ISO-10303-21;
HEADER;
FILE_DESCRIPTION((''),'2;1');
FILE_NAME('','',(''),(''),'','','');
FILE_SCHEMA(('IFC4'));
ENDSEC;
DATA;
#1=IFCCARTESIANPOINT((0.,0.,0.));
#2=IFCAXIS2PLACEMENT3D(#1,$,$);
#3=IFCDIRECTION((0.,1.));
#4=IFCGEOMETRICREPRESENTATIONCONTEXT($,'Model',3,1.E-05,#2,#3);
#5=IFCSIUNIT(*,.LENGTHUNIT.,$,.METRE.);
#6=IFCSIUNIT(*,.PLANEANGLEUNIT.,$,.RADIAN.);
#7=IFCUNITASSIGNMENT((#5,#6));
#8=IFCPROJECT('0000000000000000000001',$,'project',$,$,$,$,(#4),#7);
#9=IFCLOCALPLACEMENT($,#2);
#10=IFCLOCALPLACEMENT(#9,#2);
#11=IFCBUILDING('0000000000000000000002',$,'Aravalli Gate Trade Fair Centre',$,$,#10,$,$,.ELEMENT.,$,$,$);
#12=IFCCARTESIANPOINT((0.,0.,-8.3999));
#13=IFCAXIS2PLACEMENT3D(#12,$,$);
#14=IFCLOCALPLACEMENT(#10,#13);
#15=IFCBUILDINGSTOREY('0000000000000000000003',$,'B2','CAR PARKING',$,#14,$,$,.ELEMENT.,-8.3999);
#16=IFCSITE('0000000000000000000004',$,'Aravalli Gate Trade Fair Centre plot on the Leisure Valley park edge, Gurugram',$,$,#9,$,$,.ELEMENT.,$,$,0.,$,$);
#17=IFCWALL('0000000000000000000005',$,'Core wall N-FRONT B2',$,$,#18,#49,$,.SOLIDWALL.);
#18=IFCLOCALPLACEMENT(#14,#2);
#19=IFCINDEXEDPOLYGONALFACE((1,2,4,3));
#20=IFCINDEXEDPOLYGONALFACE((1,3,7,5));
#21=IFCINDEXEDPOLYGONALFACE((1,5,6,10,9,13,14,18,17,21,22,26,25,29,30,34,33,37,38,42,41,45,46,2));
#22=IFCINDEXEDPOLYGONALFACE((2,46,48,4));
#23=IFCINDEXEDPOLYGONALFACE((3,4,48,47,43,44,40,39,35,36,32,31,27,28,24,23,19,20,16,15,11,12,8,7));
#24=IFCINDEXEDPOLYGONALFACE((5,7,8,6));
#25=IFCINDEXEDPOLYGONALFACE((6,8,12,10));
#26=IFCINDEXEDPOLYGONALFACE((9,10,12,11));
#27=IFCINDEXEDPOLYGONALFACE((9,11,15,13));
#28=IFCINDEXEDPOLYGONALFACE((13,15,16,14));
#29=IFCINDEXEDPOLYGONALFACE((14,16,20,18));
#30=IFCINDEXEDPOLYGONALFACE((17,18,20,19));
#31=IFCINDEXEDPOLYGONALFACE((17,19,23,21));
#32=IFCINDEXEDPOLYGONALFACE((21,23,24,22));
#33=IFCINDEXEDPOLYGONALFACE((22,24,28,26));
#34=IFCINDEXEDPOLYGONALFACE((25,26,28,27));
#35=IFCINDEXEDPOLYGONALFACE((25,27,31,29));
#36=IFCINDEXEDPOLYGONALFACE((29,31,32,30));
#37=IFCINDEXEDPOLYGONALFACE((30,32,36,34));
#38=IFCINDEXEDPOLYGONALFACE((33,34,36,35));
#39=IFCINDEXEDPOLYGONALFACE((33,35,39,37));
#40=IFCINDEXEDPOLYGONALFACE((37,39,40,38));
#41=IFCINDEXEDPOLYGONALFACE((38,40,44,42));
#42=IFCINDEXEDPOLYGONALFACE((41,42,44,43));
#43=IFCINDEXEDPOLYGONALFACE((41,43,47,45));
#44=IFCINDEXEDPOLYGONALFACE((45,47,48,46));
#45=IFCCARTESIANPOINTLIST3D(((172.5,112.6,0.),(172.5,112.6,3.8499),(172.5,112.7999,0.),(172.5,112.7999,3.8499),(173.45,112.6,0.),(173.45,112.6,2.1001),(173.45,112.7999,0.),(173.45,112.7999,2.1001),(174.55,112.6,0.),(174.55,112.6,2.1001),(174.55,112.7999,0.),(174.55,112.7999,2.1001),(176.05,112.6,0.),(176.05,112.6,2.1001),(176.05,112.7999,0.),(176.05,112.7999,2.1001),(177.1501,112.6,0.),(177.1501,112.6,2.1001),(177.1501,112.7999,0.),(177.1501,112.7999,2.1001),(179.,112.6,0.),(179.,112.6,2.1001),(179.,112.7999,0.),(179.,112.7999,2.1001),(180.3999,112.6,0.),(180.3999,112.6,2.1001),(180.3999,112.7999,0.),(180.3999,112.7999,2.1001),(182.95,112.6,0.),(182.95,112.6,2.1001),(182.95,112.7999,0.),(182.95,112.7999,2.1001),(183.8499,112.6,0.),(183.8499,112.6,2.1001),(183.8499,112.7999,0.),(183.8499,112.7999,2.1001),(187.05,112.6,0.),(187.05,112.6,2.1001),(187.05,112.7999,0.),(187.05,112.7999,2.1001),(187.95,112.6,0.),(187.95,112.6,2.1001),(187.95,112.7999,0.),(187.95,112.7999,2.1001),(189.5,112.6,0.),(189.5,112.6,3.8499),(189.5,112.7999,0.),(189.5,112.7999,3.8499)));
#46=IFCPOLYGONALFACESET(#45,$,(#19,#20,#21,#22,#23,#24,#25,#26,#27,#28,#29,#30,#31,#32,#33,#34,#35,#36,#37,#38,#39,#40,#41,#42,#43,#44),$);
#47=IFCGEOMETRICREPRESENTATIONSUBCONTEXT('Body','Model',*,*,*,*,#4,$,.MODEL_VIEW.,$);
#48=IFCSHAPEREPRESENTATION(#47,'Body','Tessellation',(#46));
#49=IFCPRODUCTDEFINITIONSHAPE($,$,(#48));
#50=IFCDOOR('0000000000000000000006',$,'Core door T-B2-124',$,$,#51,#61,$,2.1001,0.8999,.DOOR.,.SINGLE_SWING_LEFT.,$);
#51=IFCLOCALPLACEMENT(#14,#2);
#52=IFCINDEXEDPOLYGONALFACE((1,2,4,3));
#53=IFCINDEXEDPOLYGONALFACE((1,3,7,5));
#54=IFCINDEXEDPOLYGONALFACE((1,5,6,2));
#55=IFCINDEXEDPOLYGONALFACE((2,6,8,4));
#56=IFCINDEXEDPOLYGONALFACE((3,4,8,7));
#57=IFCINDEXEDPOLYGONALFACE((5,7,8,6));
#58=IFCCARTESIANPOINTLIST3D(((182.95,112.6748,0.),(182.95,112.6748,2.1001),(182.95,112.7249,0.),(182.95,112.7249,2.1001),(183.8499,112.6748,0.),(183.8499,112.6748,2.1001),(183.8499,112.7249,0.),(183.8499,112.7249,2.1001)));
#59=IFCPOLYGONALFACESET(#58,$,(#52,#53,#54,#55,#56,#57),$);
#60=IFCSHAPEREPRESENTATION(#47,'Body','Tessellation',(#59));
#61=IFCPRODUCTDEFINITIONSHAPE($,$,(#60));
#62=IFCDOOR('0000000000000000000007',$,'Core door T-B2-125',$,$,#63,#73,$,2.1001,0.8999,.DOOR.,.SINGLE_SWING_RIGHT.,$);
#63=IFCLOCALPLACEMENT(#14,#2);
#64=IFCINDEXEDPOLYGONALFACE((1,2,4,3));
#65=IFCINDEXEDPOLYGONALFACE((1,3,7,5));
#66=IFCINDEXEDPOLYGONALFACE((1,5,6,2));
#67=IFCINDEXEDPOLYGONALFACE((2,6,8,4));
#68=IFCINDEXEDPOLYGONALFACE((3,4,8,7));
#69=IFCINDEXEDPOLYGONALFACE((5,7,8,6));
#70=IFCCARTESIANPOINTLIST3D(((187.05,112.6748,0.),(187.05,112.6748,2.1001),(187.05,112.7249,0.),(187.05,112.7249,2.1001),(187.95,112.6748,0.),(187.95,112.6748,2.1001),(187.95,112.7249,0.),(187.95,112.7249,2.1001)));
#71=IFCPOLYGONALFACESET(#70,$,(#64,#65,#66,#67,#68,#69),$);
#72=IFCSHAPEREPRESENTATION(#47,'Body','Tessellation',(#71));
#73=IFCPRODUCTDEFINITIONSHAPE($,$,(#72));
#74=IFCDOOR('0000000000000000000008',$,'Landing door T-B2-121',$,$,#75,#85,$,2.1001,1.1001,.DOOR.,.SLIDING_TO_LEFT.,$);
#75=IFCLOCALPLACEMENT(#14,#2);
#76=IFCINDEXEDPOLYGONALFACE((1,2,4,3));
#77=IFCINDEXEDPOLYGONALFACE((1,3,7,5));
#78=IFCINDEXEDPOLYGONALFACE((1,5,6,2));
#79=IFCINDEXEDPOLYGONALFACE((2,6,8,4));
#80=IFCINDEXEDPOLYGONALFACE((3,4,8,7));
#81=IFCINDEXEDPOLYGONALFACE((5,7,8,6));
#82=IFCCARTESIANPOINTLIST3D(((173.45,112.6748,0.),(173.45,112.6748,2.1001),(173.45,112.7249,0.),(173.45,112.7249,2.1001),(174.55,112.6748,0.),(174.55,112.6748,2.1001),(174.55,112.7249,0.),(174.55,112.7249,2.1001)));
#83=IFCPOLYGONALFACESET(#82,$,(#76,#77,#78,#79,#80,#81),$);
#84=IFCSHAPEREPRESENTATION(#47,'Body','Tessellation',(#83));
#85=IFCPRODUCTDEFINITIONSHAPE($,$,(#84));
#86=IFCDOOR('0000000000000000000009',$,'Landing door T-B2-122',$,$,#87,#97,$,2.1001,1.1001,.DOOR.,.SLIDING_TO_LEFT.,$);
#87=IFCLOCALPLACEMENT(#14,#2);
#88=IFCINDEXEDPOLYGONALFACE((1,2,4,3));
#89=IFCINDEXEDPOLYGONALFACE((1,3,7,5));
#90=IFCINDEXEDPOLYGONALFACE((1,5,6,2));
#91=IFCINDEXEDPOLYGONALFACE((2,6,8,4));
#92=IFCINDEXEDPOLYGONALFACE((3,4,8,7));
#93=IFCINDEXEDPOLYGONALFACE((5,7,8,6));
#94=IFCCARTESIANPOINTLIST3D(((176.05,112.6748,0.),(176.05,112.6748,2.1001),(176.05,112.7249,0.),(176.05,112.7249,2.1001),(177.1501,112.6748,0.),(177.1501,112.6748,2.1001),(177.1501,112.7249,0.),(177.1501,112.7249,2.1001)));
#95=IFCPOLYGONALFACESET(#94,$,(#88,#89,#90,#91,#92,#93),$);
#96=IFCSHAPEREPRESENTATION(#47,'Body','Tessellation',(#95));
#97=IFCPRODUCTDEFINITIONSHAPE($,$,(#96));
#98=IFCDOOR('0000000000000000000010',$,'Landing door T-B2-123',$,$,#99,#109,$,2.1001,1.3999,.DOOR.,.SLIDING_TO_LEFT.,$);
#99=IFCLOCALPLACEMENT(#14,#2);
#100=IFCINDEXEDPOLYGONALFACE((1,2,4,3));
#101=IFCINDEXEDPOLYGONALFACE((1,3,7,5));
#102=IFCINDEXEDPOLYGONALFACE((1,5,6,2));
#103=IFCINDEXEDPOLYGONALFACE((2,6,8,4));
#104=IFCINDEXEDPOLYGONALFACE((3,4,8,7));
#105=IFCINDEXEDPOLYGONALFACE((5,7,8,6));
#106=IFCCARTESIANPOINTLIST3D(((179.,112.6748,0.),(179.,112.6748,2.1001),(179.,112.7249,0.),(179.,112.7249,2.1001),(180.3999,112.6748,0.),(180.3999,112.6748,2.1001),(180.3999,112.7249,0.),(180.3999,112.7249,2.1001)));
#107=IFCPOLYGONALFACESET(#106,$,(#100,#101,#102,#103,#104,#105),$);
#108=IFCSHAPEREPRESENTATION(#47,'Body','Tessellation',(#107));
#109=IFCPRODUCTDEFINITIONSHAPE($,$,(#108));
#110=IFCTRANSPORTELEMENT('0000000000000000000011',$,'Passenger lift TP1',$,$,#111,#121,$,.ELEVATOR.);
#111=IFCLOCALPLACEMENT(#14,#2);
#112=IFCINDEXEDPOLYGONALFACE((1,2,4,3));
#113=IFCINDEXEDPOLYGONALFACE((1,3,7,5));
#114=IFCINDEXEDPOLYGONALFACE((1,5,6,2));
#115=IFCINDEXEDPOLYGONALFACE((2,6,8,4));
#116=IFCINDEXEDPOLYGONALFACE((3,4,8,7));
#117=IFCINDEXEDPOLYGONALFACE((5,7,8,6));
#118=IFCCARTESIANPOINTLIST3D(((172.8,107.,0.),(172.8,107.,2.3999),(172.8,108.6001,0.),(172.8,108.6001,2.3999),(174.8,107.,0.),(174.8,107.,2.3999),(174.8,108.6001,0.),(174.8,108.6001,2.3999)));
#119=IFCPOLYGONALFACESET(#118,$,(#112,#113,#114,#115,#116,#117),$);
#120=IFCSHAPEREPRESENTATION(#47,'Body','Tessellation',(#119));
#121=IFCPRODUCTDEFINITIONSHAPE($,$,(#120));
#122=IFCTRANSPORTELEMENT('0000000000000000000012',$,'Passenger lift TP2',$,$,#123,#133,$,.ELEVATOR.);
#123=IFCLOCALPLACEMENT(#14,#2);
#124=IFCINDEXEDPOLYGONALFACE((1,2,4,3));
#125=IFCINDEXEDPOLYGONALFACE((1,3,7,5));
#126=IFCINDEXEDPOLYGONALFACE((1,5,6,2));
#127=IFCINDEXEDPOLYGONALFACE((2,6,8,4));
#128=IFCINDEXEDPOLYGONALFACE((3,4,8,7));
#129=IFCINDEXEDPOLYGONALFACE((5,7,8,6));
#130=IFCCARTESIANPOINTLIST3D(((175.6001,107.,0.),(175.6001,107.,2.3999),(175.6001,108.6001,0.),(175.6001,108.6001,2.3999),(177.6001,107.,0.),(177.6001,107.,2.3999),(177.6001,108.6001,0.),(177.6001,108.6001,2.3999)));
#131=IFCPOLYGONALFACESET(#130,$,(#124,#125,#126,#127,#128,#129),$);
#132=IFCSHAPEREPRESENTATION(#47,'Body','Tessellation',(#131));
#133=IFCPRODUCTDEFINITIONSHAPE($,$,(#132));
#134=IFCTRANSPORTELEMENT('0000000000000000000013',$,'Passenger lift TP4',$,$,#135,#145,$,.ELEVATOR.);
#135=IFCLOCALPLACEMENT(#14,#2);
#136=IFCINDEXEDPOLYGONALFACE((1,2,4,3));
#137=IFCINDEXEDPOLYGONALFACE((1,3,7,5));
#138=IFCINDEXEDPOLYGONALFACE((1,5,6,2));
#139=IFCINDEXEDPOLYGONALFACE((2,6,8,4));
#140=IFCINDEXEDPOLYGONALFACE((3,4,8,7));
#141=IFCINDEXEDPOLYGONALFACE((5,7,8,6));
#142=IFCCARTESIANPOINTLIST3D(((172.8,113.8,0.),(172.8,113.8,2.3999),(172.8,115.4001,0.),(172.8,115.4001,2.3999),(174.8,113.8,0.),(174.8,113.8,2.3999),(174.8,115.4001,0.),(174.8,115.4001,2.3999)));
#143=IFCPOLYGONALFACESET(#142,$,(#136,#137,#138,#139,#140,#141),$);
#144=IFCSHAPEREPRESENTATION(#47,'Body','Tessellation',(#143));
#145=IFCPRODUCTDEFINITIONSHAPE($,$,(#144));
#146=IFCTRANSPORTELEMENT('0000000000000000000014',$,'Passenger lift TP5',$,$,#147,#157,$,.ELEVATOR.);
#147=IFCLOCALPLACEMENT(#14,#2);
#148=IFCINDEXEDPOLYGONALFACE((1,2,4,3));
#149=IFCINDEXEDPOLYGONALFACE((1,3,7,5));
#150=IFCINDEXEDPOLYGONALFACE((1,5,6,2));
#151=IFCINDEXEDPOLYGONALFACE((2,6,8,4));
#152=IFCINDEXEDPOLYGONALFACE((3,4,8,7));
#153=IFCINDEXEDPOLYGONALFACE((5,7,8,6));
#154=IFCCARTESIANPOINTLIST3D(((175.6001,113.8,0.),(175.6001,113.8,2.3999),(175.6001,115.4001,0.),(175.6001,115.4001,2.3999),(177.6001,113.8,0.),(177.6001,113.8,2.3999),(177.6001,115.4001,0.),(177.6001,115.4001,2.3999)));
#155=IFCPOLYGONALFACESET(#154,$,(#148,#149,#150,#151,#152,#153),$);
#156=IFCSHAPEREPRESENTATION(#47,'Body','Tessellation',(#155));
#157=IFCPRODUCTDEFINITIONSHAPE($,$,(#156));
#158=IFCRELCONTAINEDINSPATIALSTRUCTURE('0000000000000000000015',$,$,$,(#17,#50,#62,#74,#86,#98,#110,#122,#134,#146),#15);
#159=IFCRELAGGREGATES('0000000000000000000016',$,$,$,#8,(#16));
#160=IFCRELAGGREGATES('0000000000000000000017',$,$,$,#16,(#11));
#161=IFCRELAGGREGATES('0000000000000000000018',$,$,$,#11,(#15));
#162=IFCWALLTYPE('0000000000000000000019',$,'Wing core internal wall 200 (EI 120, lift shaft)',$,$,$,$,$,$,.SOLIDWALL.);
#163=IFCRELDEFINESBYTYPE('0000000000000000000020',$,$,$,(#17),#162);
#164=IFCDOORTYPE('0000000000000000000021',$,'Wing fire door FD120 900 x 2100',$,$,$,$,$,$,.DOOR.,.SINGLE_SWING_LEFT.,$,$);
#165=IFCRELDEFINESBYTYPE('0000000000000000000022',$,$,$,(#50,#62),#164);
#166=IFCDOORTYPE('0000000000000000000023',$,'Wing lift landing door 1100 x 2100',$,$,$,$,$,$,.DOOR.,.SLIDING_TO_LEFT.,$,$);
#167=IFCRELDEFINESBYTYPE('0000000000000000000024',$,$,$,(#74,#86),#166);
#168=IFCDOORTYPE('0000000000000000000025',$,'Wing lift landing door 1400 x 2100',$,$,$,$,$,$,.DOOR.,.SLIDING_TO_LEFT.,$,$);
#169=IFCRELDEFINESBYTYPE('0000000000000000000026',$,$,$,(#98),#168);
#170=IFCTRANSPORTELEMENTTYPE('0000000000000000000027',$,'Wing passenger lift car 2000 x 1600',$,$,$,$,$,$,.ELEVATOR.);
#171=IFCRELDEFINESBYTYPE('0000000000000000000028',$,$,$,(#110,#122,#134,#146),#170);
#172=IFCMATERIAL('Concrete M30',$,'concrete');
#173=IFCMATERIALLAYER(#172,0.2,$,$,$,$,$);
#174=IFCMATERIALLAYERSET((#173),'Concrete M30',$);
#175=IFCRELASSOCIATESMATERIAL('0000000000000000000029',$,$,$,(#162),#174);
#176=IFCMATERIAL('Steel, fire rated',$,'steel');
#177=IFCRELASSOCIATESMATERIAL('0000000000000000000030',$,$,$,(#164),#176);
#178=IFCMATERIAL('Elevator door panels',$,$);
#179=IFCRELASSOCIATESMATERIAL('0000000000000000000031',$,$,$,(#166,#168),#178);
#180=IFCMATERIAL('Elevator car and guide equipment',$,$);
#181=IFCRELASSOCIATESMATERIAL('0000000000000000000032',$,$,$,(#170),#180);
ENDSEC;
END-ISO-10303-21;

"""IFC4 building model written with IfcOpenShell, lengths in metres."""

from ifc_helpers import new_model, si_unit, direction, frame, frame_2d, origin, origin_2d, place, context, subcontext, project, spatial, rectangle, extrude, material, layer, layer_set, type_object, element, fill, save


model = new_model("IFC4")

# Units and contexts
model_context = context("Model", 3, precision=1e-05, world=origin(), true_north=direction((0.0, 1.0)))
body_context = subcontext(model_context, "Body", "Model", "MODEL_VIEW")
ifc_project = project(units=[si_unit("LENGTHUNIT", "METRE"), si_unit("PLANEANGLEUNIT", "RADIAN")], contexts=[model_context])

# Site, building, storey
site_placement = place(None, origin())
site = spatial("IfcSite", under=ifc_project, at=site_placement, Name="Aravalli Gate Trade Fair Centre plot on the Leisure Valley park edge, Gurugram", CompositionType="ELEMENT", RefElevation=0.0)
building_placement = place(site_placement, origin())
building = spatial("IfcBuilding", under=site, at=building_placement, Name="Aravalli Gate Trade Fair Centre", CompositionType="ELEMENT")
storey_placement = place(building_placement, frame((0.0, 0.0, -8.3999)))
storey = spatial("IfcBuildingStorey", under=building, at=storey_placement, Name="B2", Description="CAR PARKING", CompositionType="ELEMENT", Elevation=-8.3999)

# Shared definitions
ifc_material_1 = material(Name="Concrete M30", Category="concrete")
ifc_layer = layer(ifc_material_1, 0.2)
ifc_layer_set = layer_set([ifc_layer], Name="Concrete M30")
wall_type = type_object("IfcWallType", Name="Wing core internal wall 200 (EI 120, lift shaft)", PredefinedType="SOLIDWALL", material=ifc_layer_set)
ifc_material_2 = material(Name="Steel, fire rated", Category="steel")
door_type_1 = type_object("IfcDoorType", Name="Wing fire door FD120 900 x 2100", OperationType="SINGLE_SWING_LEFT", PredefinedType="DOOR", material=ifc_material_2)
ifc_material_3 = material(Name="Elevator door panels")
door_type_2 = type_object("IfcDoorType", Name="Wing lift landing door 1100 x 2100", OperationType="SLIDING_TO_LEFT", PredefinedType="DOOR", material=ifc_material_3)

# Wall, openings, doors
wall_1_placement = place(storey_placement, frame((172.5, 112.7, 0.0), z_axis=(0.0, 0.0, 1.0), x_axis=(1.0, 0.0, 0.0)))
wall_1 = element("IfcWall", 1, at=wall_1_placement, inside=storey, type_object=wall_type, Name="Core wall N-FRONT B2", PredefinedType="SOLIDWALL", context=body_context, shape_type="SweptSolid", body=[
    extrude(rectangle(XDim=17.0, YDim=0.2, at=frame_2d((8.5, 0.0))), origin(), (0.0, 0.0, 1.0), 3.8499),
])
opening_1_placement = place(wall_1_placement, frame((0.95, 0.0, 0.0)))
opening_1 = element("IfcOpeningElement", 2, at=opening_1_placement, cuts=wall_1, PredefinedType="OPENING", context=body_context, shape_type="SweptSolid", body=[
    extrude(rectangle(XDim=1.1001, YDim=2.1001, at=frame_2d((0.55, 1.05))), frame((0.0, 0.1099, 0.0), z_axis=(0.0, -1.0, 0.0), x_axis=(1.0, 0.0, 0.0)), (0.0, 0.0, 1.0), 0.22),
])
opening_2_placement = place(wall_1_placement, frame((3.55, 0.0, 0.0)))
opening_2 = element("IfcOpeningElement", 3, at=opening_2_placement, cuts=wall_1, PredefinedType="OPENING", context=body_context, shape_type="SweptSolid", body=[
    extrude(rectangle(XDim=1.1001, YDim=2.1001, at=frame_2d((0.55, 1.05))), frame((0.0, 0.1099, 0.0), z_axis=(0.0, -1.0, 0.0), x_axis=(1.0, 0.0, 0.0)), (0.0, 0.0, 1.0), 0.22),
])
opening_3_placement = place(wall_1_placement, frame((6.5, 0.0, 0.0)))
opening_3 = element("IfcOpeningElement", 4, at=opening_3_placement, cuts=wall_1, PredefinedType="OPENING", context=body_context, shape_type="SweptSolid", body=[
    extrude(rectangle(XDim=1.3999, YDim=2.1001, at=frame_2d((0.7, 1.05))), frame((0.0, 0.1099, 0.0), z_axis=(0.0, -1.0, 0.0), x_axis=(1.0, 0.0, 0.0)), (0.0, 0.0, 1.0), 0.22),
])
opening_4_placement = place(wall_1_placement, frame((10.45, 0.0, 0.0)))
opening_4 = element("IfcOpeningElement", 5, at=opening_4_placement, cuts=wall_1, PredefinedType="OPENING", context=body_context, shape_type="SweptSolid", body=[
    extrude(rectangle(XDim=0.8999, YDim=2.1001, at=frame_2d((0.45, 1.05))), frame((0.0, 0.1099, 0.0), z_axis=(0.0, -1.0, 0.0), x_axis=(1.0, 0.0, 0.0)), (0.0, 0.0, 1.0), 0.22),
])
opening_5_placement = place(wall_1_placement, frame((14.55, 0.0, 0.0)))
opening_5 = element("IfcOpeningElement", 6, at=opening_5_placement, cuts=wall_1, PredefinedType="OPENING", context=body_context, shape_type="SweptSolid", body=[
    extrude(rectangle(XDim=0.8999, YDim=2.1001, at=frame_2d((0.45, 1.05))), frame((0.0, 0.1099, 0.0), z_axis=(0.0, -1.0, 0.0), x_axis=(1.0, 0.0, 0.0)), (0.0, 0.0, 1.0), 0.22),
])
door_1_placement = place(opening_4_placement, origin())
door_1 = element("IfcDoor", 7, at=door_1_placement, inside=storey, type_object=door_type_1, Name="Core door T-B2-124", OperationType="SINGLE_SWING_LEFT", OverallHeight=2.1001, OverallWidth=0.8999, PredefinedType="DOOR", context=body_context, shape_type="SweptSolid", body=[
    extrude(rectangle(XDim=0.8999, YDim=2.1001, at=frame_2d((0.45, 1.05))), frame((0.0, 0.0249, 0.0), z_axis=(0.0, -1.0, 0.0), x_axis=(1.0, 0.0, 0.0)), (0.0, 0.0, 1.0), 0.05),
])
fill(opening_4, door_1)
door_2_placement = place(opening_5_placement, origin())
door_2 = element("IfcDoor", 8, at=door_2_placement, inside=storey, type_object=door_type_1, Name="Core door T-B2-125", OperationType="SINGLE_SWING_RIGHT", OverallHeight=2.1001, OverallWidth=0.8999, PredefinedType="DOOR", context=body_context, shape_type="SweptSolid", body=[
    extrude(rectangle(XDim=0.8999, YDim=2.1001, at=frame_2d((0.45, 1.05))), frame((0.0, 0.0249, 0.0), z_axis=(0.0, -1.0, 0.0), x_axis=(1.0, 0.0, 0.0)), (0.0, 0.0, 1.0), 0.05),
])
fill(opening_5, door_2)
door_3_placement = place(opening_1_placement, origin())
door_3 = element("IfcDoor", 9, at=door_3_placement, inside=storey, type_object=door_type_2, Name="Landing door T-B2-121", OperationType="SLIDING_TO_LEFT", OverallHeight=2.1001, OverallWidth=1.1001, PredefinedType="DOOR", context=body_context, shape_type="SweptSolid", body=[
    extrude(rectangle(XDim=1.1001, YDim=2.1001, at=frame_2d((0.55, 1.05))), frame((0.0, 0.0249, 0.0), z_axis=(0.0, -1.0, 0.0), x_axis=(1.0, 0.0, 0.0)), (0.0, 0.0, 1.0), 0.05),
])
fill(opening_1, door_3)
door_4_placement = place(opening_2_placement, origin())
door_4 = element("IfcDoor", 10, at=door_4_placement, inside=storey, type_object=door_type_2, Name="Landing door T-B2-122", OperationType="SLIDING_TO_LEFT", OverallHeight=2.1001, OverallWidth=1.1001, PredefinedType="DOOR", context=body_context, shape_type="SweptSolid", body=[
    extrude(rectangle(XDim=1.1001, YDim=2.1001, at=frame_2d((0.55, 1.05))), frame((0.0, 0.0249, 0.0), z_axis=(0.0, -1.0, 0.0), x_axis=(1.0, 0.0, 0.0)), (0.0, 0.0, 1.0), 0.05),
])
fill(opening_2, door_4)
door_type_3 = type_object("IfcDoorType", Name="Wing lift landing door 1400 x 2100", OperationType="SLIDING_TO_LEFT", PredefinedType="DOOR", material=ifc_material_3)
door_5_placement = place(opening_3_placement, origin())
door_5 = element("IfcDoor", 11, at=door_5_placement, inside=storey, type_object=door_type_3, Name="Landing door T-B2-123", OperationType="SLIDING_TO_LEFT", OverallHeight=2.1001, OverallWidth=1.3999, PredefinedType="DOOR", context=body_context, shape_type="SweptSolid", body=[
    extrude(rectangle(XDim=1.3999, YDim=2.1001, at=frame_2d((0.7, 1.05))), frame((0.0, 0.0249, 0.0), z_axis=(0.0, -1.0, 0.0), x_axis=(1.0, 0.0, 0.0)), (0.0, 0.0, 1.0), 0.05),
])
fill(opening_3, door_5)

# Transport elements
ifc_material_4 = material(Name="Elevator car and guide equipment")
transport_element_type = type_object("IfcTransportElementType", Name="Wing passenger lift car 2000 x 1600", PredefinedType="ELEVATOR", material=ifc_material_4)
for number, where, z_axis, x_axis, name in (
    (12, (173.8, 107.8, 0.0), (0.0, 0.0, 1.0), (1.0, 0.0, 0.0), "Passenger lift TP1"),
    (13, (176.6001, 107.8, 0.0), (0.0, 0.0, 1.0), (1.0, 0.0, 0.0), "Passenger lift TP2"),
    (14, (173.8, 114.6001, 0.0), (0.0, 0.0, 1.0), (1.0, 0.0, 0.0), "Passenger lift TP4"),
    (15, (176.6001, 114.6001, 0.0), (0.0, 0.0, 1.0), (1.0, 0.0, 0.0), "Passenger lift TP5"),
):
    element("IfcTransportElement", number, at=place(storey_placement, frame(where, z_axis=z_axis, x_axis=x_axis)), inside=storey, type_object=transport_element_type, Name=name, PredefinedType="ELEVATOR", context=body_context, shape_type="SweptSolid", body=[
        extrude(rectangle(XDim=2.0, YDim=1.6001, at=origin_2d()), origin(), (0.0, 0.0, 1.0), 2.3999),
    ])

save(model, "model.ifc")
